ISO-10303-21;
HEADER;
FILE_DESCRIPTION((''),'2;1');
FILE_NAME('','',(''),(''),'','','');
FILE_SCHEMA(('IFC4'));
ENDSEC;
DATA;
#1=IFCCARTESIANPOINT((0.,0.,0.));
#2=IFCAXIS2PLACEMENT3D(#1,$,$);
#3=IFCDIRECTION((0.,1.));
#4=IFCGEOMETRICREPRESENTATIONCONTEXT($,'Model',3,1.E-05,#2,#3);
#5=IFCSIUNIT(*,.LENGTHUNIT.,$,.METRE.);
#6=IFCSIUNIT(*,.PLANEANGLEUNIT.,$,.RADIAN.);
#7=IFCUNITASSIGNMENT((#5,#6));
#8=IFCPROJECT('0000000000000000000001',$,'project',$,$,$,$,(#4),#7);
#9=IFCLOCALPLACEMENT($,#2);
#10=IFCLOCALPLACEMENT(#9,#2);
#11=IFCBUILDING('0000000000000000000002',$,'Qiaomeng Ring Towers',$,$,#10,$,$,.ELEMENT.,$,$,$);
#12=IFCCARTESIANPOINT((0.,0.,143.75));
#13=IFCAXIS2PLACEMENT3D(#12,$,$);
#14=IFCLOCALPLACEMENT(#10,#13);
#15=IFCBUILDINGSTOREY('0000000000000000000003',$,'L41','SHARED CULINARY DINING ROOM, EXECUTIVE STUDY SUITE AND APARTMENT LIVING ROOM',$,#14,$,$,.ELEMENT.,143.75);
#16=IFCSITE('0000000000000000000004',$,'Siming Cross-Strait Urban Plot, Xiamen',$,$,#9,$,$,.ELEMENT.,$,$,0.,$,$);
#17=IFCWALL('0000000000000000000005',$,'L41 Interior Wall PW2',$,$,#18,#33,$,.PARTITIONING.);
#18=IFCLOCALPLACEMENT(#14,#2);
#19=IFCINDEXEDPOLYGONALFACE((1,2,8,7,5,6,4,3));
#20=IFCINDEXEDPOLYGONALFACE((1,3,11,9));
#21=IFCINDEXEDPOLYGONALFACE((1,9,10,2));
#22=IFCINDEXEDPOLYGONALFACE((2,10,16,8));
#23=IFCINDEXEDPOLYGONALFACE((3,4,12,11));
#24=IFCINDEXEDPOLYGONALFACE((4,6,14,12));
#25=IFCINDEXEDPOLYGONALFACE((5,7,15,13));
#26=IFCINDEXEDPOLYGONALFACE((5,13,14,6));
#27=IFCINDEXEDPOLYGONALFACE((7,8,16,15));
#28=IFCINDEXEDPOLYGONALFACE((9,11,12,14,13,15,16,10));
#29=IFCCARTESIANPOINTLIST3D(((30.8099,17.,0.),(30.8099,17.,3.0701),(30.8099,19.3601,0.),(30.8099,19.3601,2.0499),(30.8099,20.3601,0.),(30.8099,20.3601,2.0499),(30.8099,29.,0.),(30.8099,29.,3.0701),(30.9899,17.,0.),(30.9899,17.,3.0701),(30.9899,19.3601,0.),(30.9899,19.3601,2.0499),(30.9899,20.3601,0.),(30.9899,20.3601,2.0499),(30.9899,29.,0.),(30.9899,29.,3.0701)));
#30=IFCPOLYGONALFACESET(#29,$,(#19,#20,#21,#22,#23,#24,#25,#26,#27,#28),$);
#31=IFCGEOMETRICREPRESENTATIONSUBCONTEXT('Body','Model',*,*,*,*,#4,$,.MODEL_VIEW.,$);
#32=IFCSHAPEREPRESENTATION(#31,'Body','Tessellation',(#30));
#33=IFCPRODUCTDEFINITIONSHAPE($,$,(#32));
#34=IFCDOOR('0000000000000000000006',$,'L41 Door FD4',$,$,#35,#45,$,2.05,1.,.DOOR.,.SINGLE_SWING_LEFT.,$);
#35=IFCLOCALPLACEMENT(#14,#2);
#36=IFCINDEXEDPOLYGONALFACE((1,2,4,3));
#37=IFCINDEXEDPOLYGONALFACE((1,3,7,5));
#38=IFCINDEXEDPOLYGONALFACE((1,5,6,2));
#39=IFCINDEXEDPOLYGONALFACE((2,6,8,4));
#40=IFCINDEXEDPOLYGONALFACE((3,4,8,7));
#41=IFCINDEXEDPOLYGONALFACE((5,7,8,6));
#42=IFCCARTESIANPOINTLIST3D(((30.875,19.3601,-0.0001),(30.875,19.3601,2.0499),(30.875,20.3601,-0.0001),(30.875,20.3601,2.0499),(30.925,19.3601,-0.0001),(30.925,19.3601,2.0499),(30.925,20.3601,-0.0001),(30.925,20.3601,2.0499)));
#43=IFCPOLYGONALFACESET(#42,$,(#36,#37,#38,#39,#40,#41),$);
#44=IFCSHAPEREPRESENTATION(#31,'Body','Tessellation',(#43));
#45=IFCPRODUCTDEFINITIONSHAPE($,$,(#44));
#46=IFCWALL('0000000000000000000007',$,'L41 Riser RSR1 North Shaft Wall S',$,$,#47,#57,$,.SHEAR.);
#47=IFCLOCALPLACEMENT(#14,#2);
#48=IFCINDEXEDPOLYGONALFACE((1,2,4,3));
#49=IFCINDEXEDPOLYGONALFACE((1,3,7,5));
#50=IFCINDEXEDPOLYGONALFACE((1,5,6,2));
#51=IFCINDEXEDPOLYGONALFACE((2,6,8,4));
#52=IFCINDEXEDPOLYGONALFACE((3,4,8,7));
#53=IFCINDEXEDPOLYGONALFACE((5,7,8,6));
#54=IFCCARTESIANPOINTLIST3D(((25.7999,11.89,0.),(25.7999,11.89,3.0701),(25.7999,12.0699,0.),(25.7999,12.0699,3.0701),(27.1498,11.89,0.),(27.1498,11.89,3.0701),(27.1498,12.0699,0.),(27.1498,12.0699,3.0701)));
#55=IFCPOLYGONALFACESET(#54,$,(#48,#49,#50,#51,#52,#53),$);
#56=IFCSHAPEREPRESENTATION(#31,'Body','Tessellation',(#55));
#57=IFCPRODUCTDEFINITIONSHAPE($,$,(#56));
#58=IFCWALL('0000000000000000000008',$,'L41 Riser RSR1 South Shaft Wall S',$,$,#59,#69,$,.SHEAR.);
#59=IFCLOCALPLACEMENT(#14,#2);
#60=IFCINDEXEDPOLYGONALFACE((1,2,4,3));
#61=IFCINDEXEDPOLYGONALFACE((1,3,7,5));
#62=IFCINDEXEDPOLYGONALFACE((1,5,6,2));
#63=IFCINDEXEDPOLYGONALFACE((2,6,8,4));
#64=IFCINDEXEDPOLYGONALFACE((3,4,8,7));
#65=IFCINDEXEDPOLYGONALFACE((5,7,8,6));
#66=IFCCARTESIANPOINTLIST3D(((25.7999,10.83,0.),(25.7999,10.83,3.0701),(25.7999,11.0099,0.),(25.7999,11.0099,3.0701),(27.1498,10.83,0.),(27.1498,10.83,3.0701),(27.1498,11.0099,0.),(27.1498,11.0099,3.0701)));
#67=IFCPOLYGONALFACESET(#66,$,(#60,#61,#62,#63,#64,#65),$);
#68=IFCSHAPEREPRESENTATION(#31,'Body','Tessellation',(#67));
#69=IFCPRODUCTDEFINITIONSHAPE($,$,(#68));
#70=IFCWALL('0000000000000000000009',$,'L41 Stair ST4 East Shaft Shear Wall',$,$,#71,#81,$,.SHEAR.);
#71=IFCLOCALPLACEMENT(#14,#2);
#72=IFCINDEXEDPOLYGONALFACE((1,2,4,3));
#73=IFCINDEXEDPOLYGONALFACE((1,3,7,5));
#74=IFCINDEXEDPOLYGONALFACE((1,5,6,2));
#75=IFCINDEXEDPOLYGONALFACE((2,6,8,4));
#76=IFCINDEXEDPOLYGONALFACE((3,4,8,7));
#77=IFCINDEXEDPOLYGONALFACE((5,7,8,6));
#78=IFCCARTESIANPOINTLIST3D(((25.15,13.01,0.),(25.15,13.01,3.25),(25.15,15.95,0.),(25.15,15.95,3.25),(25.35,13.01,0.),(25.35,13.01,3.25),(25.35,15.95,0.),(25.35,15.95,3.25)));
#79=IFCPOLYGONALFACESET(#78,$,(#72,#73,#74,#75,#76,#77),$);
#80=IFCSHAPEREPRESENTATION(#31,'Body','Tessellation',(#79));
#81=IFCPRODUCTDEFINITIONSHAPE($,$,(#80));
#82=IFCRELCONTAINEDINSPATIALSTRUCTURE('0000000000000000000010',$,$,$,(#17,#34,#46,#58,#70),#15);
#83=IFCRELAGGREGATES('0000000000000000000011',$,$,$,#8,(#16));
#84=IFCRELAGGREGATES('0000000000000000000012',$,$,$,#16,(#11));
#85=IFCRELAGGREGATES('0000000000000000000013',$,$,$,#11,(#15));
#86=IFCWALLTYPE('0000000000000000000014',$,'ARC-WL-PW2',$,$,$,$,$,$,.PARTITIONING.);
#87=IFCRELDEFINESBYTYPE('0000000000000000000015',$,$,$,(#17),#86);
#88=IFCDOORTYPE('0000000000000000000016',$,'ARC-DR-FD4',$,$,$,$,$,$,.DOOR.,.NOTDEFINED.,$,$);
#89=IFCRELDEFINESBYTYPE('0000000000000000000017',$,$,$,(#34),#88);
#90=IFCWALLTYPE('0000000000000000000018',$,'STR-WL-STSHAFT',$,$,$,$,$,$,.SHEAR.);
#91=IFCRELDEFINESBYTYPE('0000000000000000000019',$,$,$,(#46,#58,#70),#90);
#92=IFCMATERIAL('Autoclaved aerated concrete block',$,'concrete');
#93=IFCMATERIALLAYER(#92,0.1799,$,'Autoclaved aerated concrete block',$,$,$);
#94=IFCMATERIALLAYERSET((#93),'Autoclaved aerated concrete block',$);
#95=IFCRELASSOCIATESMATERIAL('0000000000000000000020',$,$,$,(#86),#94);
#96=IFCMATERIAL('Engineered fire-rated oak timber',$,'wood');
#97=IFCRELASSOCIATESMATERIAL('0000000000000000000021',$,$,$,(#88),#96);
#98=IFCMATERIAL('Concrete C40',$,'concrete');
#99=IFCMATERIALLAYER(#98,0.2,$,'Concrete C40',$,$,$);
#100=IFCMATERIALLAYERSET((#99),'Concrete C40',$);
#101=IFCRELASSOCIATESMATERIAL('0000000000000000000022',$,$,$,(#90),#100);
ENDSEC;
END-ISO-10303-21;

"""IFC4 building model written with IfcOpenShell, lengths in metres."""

from ifc_helpers import new_model, si_unit, direction, frame, frame_2d, origin, place, context, subcontext, project, spatial, rectangle, extrude, source, transform, mapped, material, layer, layer_set, type_object, element, fill, save


model = new_model("IFC4")

# Units and contexts
model_context = context("Model", 3, precision=1e-05, world=origin(), true_north=direction((0.0, 1.0)))
body_context = subcontext(model_context, "Body", "Model", "MODEL_VIEW")
ifc_project = project(units=[si_unit("LENGTHUNIT", "METRE"), si_unit("PLANEANGLEUNIT", "RADIAN")], contexts=[model_context])

# Site, building, storey
site_placement = place(None, origin())
site = spatial("IfcSite", under=ifc_project, at=site_placement, Name="Siming Cross-Strait Urban Plot, Xiamen", CompositionType="ELEMENT", RefElevation=0.0)
building_placement = place(site_placement, origin())
building = spatial("IfcBuilding", under=site, at=building_placement, Name="Qiaomeng Ring Towers", CompositionType="ELEMENT")
storey_placement = place(building_placement, frame((0.0, 0.0, 143.75)))
storey = spatial("IfcBuildingStorey", under=building, at=storey_placement, Name="L41", Description="SHARED CULINARY DINING ROOM, EXECUTIVE STUDY SUITE AND APARTMENT LIVING ROOM", CompositionType="ELEMENT", Elevation=143.75)

# Shared definitions
ifc_material_1 = material(Name="Autoclaved aerated concrete block", Category="concrete")

# Wall, opening, door
ifc_layer_1 = layer(ifc_material_1, 0.1799, Name="Autoclaved aerated concrete block")
ifc_layer_set_1 = layer_set([ifc_layer_1], Name="Autoclaved aerated concrete block")
wall_type_1 = type_object("IfcWallType", Name="ARC-WL-PW2", PredefinedType="PARTITIONING", material=ifc_layer_set_1)
wall_1_placement = place(storey_placement, frame((30.8999, 17.0, 0.0), z_axis=(0.0, 0.0, 1.0), x_axis=(0.0, 1.0, 0.0)))
wall_1 = element("IfcWall", 1, at=wall_1_placement, inside=storey, type_object=wall_type_1, Name="L41 Interior Wall PW2", PredefinedType="PARTITIONING", context=body_context, shape_type="SweptSolid", body=[
    extrude(rectangle(XDim=12.0, YDim=0.1799, at=frame_2d((6.0, 0.0))), origin(), (0.0, 0.0, 1.0), 3.0701),
])
opening_1_placement = place(wall_1_placement, frame((2.3601, 0.0, 0.0)))
opening_1 = element("IfcOpeningElement", 2, at=opening_1_placement, cuts=wall_1, PredefinedType="OPENING", context=body_context, shape_type="SweptSolid", body=[
    extrude(rectangle(XDim=1.0, YDim=2.05, at=frame_2d((0.5, 1.0249))), frame((0.0, 0.0999, 0.0), z_axis=(0.0, -1.0, 0.0), x_axis=(1.0, 0.0, 0.0)), (0.0, 0.0, 1.0), 0.2),
])
ifc_material_2 = material(Name="Engineered fire-rated oak timber", Category="wood")
door_type_1 = type_object("IfcDoorType", Name="ARC-DR-FD4", OperationType="NOTDEFINED", PredefinedType="DOOR", material=ifc_material_2)
shared_shape_1 = source(origin(), body_context, "Body", "SweptSolid", [
    extrude(rectangle(XDim=1.0, YDim=2.05, at=frame_2d((0.5, 1.0249))), frame((0.0, 0.0249, 0.0), z_axis=(0.0, -1.0, 0.0), x_axis=(1.0, 0.0, 0.0)), (0.0, 0.0, 1.0), 0.05),
])
door_1_placement = place(opening_1_placement, origin())
door_1 = element("IfcDoor", 3, at=door_1_placement, inside=storey, type_object=door_type_1, Name="L41 Door FD4", OperationType="SINGLE_SWING_LEFT", OverallHeight=2.05, OverallWidth=1.0, PredefinedType="DOOR", context=body_context, shape_type="MappedRepresentation", body=[
    mapped(shared_shape_1, transform((0.0, 0.0, 0.0), x_axis=(1.0, 0.0, 0.0), y_axis=(0.0, 1.0, 0.0), z_axis=(0.0, 0.0, 1.0), scale=1.0)),
])
fill(opening_1, door_1)

# Walls
ifc_material_3 = material(Name="Concrete C40", Category="concrete")
ifc_layer_2 = layer(ifc_material_3, 0.2, Name="Concrete C40")
ifc_layer_set_2 = layer_set([ifc_layer_2], Name="Concrete C40")
wall_type_2 = type_object("IfcWallType", Name="STR-WL-STSHAFT", PredefinedType="SHEAR", material=ifc_layer_set_2)
for number, where, z_axis, x_axis, name in (
    (4, (25.8, 11.98, 0.0), (0.0, 0.0, 1.0), (1.0, 0.0, 0.0), "L41 Riser RSR1 North Shaft Wall S"),
    (5, (25.8, 10.9199, 0.0), (0.0, 0.0, 1.0), (1.0, 0.0, 0.0), "L41 Riser RSR1 South Shaft Wall S"),
):
    element("IfcWall", number, at=place(storey_placement, frame(where, z_axis=z_axis, x_axis=x_axis)), inside=storey, type_object=wall_type_2, Name=name, PredefinedType="SHEAR", context=body_context, shape_type="SweptSolid", body=[
        extrude(rectangle(XDim=1.3499, YDim=0.1799, at=frame_2d((0.6748, 0.0))), origin(), (0.0, 0.0, 1.0), 3.0701),
    ])
wall_2_placement = place(storey_placement, frame((25.25, 13.01, 0.0), z_axis=(0.0, 0.0, 1.0), x_axis=(0.0, 1.0, 0.0)))
element("IfcWall", 6, at=wall_2_placement, inside=storey, type_object=wall_type_2, Name="L41 Stair ST4 East Shaft Shear Wall", PredefinedType="SHEAR", context=body_context, shape_type="SweptSolid", body=[
    extrude(rectangle(XDim=2.9399, YDim=0.2, at=frame_2d((1.47, 0.0))), origin(), (0.0, 0.0, 1.0), 3.25),
])

save(model, "model.ifc")
